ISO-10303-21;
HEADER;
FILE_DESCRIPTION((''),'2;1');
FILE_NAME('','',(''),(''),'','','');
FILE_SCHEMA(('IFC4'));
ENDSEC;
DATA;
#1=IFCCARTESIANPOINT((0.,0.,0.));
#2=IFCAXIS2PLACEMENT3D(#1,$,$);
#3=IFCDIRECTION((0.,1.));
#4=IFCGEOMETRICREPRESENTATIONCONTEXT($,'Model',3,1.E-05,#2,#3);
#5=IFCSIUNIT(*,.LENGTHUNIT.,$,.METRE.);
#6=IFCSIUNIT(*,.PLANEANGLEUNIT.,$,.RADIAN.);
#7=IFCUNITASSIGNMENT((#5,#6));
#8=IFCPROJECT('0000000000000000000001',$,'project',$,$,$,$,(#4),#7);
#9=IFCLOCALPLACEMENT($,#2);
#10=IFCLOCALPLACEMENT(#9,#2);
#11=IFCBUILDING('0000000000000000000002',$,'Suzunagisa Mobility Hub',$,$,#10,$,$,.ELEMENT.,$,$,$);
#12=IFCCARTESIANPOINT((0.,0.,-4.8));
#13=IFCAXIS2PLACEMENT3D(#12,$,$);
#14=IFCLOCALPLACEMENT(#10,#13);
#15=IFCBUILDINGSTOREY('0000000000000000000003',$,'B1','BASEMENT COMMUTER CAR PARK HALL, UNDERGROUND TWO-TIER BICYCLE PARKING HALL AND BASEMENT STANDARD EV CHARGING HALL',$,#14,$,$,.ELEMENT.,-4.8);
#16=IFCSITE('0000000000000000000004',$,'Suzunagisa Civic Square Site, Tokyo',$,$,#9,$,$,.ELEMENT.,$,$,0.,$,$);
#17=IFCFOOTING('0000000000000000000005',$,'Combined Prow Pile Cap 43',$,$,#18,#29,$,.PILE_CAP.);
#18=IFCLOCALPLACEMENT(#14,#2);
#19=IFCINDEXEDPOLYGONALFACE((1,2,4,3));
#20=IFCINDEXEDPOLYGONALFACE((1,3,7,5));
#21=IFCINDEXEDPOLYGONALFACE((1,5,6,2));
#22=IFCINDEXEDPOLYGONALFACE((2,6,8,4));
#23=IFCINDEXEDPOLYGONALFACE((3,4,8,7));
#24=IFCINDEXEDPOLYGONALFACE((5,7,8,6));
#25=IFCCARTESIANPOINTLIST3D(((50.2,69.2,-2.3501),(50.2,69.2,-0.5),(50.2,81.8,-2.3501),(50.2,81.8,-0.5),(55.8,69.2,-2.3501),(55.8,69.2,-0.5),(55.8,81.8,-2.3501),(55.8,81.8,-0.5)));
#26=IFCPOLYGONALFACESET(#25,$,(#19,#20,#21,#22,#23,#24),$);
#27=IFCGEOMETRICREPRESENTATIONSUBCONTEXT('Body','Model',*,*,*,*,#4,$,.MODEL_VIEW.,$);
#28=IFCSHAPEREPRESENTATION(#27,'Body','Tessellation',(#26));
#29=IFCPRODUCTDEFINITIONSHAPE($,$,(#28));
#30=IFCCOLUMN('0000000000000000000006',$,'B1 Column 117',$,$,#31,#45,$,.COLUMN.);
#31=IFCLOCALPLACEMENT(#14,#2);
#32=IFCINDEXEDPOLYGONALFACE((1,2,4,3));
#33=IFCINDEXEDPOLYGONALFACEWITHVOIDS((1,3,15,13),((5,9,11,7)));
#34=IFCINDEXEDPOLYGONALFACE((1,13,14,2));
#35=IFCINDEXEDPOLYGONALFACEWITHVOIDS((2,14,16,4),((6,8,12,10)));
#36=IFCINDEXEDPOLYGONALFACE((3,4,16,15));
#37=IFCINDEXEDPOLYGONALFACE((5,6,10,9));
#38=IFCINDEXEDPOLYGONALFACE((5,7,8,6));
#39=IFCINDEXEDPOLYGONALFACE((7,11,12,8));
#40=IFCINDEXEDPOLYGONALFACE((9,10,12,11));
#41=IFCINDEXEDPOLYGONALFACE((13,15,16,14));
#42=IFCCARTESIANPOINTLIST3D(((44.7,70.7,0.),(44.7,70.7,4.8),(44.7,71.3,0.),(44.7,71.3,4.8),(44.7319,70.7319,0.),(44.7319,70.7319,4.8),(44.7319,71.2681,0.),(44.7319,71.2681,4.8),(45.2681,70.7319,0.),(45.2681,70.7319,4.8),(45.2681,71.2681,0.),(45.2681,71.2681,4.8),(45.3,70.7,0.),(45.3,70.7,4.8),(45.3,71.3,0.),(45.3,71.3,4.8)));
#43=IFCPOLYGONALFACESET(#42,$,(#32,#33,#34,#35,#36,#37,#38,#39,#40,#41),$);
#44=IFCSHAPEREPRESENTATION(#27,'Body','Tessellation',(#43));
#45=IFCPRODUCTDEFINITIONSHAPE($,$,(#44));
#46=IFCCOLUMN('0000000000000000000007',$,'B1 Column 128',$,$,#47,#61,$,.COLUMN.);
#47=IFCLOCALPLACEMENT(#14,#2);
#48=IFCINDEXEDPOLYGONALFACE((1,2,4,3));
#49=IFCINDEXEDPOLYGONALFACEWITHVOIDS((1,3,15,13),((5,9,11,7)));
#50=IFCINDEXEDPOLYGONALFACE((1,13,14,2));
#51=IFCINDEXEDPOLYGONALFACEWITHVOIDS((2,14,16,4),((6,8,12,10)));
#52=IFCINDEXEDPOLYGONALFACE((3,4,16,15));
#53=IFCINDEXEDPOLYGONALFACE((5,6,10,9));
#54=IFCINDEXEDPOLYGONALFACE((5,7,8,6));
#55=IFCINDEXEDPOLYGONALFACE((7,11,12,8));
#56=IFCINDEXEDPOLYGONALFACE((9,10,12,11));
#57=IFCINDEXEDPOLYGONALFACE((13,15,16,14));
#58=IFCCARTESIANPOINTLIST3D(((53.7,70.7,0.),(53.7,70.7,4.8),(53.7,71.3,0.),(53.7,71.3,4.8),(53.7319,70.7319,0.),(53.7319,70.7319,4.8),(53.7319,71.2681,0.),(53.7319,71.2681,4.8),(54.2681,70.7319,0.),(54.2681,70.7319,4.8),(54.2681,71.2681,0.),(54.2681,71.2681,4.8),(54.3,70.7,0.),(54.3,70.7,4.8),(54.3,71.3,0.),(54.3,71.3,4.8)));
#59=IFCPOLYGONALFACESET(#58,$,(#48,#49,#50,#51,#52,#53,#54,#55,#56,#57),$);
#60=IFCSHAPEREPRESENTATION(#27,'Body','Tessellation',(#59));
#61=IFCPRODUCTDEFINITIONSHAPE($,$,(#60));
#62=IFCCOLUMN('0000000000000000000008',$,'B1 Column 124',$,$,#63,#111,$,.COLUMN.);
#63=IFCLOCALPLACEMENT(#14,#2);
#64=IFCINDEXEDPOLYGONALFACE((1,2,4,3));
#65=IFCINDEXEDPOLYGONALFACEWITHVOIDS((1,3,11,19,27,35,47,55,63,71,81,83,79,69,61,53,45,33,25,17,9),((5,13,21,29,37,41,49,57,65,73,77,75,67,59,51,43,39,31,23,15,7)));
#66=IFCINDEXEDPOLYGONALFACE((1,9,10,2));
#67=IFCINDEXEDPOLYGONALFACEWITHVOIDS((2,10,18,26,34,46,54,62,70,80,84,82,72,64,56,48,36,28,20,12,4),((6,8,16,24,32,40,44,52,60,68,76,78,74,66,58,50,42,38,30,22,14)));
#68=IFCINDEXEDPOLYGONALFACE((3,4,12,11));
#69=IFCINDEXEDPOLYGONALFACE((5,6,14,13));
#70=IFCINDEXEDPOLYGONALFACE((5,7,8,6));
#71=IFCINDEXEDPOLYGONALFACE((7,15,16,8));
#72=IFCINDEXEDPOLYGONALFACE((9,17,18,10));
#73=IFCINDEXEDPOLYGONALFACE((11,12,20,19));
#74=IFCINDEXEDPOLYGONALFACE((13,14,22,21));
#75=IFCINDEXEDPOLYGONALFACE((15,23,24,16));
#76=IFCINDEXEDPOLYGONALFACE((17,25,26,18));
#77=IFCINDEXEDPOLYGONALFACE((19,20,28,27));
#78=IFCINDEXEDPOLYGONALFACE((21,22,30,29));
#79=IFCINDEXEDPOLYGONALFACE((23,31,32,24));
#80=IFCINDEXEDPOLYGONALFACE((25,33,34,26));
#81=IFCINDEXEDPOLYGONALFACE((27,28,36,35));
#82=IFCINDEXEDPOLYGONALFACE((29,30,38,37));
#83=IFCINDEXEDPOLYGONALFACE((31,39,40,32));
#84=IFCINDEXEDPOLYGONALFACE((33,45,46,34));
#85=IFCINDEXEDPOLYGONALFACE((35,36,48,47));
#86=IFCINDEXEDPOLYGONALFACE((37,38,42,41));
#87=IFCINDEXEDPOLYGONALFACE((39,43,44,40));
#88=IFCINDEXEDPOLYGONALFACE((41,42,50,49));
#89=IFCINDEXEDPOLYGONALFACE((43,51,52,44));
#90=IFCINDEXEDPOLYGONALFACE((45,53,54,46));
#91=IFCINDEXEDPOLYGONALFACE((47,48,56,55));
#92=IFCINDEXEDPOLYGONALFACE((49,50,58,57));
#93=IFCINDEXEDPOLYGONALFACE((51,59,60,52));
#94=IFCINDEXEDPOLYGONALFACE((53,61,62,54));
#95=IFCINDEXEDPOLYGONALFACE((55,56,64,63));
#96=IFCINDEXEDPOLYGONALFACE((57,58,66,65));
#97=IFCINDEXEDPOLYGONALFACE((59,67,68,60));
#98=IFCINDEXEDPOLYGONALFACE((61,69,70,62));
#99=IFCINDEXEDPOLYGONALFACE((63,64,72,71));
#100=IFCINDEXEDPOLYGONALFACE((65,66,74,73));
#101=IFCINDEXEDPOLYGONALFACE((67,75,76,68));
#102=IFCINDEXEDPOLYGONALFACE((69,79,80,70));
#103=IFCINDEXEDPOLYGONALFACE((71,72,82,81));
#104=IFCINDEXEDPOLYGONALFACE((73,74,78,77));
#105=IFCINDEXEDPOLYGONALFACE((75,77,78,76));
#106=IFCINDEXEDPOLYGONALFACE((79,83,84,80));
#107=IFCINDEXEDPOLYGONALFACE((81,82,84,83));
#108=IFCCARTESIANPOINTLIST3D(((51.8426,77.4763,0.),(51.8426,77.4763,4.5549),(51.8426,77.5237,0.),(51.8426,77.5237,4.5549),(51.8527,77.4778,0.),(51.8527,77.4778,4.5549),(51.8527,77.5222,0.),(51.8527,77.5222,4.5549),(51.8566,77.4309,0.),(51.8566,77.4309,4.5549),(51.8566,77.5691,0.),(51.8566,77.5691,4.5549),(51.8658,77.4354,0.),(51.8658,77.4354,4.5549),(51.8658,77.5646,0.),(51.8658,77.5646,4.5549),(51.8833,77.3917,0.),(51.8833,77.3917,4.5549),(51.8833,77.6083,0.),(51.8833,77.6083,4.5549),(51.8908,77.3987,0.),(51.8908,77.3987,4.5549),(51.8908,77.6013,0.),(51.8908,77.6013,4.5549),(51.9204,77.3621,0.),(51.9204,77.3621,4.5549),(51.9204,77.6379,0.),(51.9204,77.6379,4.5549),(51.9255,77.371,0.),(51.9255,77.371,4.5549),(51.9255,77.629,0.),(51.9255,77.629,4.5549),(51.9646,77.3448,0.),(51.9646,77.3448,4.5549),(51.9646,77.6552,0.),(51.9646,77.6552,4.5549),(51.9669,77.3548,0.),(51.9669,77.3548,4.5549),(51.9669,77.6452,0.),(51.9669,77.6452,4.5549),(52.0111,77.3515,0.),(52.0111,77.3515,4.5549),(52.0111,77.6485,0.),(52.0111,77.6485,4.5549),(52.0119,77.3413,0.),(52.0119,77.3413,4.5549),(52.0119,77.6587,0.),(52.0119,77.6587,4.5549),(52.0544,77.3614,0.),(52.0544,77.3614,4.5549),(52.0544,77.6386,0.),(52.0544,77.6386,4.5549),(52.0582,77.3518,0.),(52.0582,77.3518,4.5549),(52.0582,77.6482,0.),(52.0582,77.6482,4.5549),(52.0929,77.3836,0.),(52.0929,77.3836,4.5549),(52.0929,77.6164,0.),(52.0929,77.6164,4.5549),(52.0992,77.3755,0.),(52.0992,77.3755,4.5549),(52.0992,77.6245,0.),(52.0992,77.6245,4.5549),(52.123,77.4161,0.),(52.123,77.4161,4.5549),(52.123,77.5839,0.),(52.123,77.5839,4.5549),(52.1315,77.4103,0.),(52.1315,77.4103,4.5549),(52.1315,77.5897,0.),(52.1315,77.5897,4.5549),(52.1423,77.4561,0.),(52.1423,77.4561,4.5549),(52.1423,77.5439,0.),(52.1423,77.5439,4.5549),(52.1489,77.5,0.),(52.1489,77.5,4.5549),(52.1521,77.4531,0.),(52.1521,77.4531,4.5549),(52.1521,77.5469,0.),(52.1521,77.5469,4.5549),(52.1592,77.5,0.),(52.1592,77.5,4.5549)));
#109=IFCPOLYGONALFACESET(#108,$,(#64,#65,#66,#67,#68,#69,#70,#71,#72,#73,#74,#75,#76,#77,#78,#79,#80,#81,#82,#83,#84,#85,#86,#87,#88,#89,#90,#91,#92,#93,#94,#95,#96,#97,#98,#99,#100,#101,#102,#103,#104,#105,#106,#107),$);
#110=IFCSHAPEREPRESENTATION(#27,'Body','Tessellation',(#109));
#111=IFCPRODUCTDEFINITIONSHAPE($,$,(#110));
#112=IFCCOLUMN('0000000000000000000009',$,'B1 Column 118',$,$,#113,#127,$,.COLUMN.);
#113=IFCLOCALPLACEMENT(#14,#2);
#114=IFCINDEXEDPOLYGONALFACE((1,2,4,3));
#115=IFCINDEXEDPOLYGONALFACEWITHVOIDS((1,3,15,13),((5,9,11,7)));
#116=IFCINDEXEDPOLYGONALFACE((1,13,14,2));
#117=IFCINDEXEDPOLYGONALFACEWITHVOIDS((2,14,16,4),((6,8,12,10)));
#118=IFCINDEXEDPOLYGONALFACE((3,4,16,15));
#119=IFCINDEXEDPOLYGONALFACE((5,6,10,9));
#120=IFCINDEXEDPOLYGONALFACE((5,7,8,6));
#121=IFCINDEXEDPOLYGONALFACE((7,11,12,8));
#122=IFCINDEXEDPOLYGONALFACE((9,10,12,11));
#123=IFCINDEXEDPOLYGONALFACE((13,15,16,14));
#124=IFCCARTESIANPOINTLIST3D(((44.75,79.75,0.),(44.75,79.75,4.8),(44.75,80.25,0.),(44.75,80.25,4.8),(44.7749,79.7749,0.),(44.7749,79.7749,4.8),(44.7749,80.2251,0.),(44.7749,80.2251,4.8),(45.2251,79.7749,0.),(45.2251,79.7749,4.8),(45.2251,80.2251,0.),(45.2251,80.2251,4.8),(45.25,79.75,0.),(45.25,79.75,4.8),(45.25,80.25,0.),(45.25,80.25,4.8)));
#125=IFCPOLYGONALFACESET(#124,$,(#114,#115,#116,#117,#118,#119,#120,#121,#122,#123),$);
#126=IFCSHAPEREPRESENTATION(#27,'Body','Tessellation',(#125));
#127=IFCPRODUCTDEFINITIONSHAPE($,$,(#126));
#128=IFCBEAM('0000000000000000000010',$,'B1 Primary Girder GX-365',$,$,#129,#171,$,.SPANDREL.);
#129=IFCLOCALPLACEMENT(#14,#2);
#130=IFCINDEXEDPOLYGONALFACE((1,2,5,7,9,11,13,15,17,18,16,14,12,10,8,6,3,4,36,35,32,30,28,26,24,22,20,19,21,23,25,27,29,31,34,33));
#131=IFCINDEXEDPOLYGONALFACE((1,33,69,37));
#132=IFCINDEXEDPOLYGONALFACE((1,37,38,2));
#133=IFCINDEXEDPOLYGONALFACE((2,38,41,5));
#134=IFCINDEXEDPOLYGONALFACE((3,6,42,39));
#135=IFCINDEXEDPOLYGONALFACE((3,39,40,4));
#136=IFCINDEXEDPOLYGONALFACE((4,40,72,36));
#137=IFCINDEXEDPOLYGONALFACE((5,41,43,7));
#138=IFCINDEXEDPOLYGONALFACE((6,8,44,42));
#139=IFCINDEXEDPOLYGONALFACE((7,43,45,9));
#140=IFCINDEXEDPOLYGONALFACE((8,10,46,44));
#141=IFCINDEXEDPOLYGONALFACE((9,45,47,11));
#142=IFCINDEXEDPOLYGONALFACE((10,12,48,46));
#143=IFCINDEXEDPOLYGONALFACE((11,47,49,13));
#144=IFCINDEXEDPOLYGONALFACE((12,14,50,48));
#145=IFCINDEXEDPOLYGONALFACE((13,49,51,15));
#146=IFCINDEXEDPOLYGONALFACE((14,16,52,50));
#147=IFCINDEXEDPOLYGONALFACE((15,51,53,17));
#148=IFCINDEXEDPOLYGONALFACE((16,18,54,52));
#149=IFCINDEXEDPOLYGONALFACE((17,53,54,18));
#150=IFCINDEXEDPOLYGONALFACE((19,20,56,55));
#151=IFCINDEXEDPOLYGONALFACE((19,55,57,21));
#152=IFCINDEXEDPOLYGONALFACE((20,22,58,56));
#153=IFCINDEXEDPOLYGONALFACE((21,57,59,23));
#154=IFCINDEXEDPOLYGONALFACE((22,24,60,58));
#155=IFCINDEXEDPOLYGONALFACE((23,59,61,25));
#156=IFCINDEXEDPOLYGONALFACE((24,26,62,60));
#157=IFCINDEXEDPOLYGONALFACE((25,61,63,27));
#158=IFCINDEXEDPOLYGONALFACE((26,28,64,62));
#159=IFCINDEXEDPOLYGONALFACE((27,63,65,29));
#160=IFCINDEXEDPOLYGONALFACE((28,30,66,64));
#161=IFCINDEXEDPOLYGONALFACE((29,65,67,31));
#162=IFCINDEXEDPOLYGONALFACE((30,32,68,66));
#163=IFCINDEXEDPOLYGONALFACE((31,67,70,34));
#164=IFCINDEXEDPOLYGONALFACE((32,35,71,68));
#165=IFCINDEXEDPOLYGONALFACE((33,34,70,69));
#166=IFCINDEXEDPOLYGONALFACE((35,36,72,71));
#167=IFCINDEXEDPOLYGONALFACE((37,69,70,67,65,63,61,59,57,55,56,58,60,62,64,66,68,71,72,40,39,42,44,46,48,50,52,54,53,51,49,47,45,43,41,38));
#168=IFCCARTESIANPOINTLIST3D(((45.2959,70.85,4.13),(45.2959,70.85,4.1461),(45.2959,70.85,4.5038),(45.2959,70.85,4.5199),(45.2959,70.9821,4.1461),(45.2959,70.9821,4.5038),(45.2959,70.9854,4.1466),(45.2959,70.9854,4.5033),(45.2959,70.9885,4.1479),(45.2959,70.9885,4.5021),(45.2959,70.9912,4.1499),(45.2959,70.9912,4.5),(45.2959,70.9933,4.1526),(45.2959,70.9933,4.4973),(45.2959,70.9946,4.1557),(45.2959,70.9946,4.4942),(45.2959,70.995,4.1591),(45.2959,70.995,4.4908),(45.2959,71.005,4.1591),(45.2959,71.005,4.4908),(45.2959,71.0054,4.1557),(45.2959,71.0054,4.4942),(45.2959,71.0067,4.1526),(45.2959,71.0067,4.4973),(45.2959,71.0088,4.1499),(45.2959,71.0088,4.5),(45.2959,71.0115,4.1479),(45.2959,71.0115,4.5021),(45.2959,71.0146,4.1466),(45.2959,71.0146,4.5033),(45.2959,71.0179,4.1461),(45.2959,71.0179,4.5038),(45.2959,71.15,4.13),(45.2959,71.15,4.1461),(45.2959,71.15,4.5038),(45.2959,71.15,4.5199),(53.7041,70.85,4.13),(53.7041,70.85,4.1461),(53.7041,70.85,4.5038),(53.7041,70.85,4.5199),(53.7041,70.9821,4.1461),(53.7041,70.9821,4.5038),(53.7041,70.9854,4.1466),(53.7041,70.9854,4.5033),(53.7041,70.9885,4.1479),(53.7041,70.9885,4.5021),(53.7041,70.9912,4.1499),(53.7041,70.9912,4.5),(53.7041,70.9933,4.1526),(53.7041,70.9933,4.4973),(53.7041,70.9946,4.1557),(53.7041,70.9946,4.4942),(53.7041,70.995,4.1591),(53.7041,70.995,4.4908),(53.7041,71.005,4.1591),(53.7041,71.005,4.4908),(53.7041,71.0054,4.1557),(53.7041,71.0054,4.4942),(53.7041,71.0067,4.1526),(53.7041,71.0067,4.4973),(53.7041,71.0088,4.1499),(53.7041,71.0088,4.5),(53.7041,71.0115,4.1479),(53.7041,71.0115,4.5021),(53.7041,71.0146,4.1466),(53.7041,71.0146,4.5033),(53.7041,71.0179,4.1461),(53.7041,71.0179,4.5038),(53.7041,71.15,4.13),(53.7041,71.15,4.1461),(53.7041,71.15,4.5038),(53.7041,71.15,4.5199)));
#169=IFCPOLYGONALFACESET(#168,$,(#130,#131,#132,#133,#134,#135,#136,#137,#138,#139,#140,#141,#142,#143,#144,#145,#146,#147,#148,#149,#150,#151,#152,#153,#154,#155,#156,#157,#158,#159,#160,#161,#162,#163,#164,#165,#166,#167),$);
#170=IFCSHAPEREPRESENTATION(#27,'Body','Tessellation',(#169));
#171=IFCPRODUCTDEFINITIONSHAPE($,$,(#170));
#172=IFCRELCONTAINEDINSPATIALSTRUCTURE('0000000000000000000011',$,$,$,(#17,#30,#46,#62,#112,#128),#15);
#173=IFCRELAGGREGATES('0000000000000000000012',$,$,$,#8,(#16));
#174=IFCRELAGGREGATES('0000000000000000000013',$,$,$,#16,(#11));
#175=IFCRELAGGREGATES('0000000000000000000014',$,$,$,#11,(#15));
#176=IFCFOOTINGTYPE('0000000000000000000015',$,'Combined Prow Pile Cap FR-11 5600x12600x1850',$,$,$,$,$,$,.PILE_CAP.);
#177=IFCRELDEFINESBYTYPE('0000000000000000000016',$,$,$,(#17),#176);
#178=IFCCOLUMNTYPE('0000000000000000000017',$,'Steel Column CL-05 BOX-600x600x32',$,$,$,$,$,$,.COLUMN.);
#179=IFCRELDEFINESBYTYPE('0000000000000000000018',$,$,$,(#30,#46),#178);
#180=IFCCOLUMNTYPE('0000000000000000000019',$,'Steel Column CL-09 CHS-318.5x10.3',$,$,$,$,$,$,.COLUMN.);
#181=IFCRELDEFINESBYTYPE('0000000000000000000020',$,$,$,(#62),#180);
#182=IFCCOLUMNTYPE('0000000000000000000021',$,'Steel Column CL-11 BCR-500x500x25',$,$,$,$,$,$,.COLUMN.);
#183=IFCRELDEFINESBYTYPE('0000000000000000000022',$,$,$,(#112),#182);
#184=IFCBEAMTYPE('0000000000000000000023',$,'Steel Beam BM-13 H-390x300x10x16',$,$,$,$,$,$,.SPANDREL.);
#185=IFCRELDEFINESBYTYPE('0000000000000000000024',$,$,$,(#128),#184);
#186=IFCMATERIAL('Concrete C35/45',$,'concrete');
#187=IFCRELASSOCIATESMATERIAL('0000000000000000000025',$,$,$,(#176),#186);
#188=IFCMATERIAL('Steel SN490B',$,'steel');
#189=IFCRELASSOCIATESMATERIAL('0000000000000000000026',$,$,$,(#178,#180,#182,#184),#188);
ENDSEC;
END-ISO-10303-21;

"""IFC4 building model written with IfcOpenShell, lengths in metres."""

from ifc_helpers import new_model, si_unit, direction, frame, origin, origin_2d, place, context, subcontext, project, spatial, rectangle, hollow_rectangle, hollow_circle, i_section, extrude, material, material_profile, profile_set, type_object, element, save


model = new_model("IFC4")

# Units and contexts
model_context = context("Model", 3, precision=1e-05, world=origin(), true_north=direction((0.0, 1.0)))
body_context = subcontext(model_context, "Body", "Model", "MODEL_VIEW")
ifc_project = project(units=[si_unit("LENGTHUNIT", "METRE"), si_unit("PLANEANGLEUNIT", "RADIAN")], contexts=[model_context])

# Site, building, storey
site_placement = place(None, origin())
site = spatial("IfcSite", under=ifc_project, at=site_placement, Name="Suzunagisa Civic Square Site, Tokyo", CompositionType="ELEMENT", RefElevation=0.0)
building_placement = place(site_placement, origin())
building = spatial("IfcBuilding", under=site, at=building_placement, Name="Suzunagisa Mobility Hub", CompositionType="ELEMENT")
storey_placement = place(building_placement, frame((0.0, 0.0, -4.8)))
storey = spatial("IfcBuildingStorey", under=building, at=storey_placement, Name="B1", Description="BASEMENT COMMUTER CAR PARK HALL, UNDERGROUND TWO-TIER BICYCLE PARKING HALL AND BASEMENT STANDARD EV CHARGING HALL", CompositionType="ELEMENT", Elevation=-4.8)

# Footing
ifc_material_1 = material(Name="Concrete C35/45", Category="concrete")
footing_type = type_object("IfcFootingType", Name="Combined Prow Pile Cap FR-11 5600x12600x1850", PredefinedType="PILE_CAP", material=ifc_material_1)
footing_placement = place(storey_placement, frame((53.0, 75.5, -2.3501), z_axis=(0.0, 0.0, 1.0), x_axis=(1.0, 0.0, 0.0)))
element("IfcFooting", 1, at=footing_placement, inside=storey, type_object=footing_type, Name="Combined Prow Pile Cap 43", PredefinedType="PILE_CAP", context=body_context, shape_type="SweptSolid", body=[
    extrude(rectangle(XDim=5.6001, YDim=12.6001, at=origin_2d()), origin(), (0.0, 0.0, 1.0), 1.8501),
])

# Columns
ifc_material_2 = material(Name="Steel SN490B", Category="steel")
ifc_material_profile_1 = material_profile(ifc_material_2, hollow_rectangle(XDim=0.6001, YDim=0.6001, WallThickness=0.032, at=origin_2d()), Name="BOX-600x600x32")
ifc_profile_set_1 = profile_set([ifc_material_profile_1], Name="Steel SN490B")
column_type_1 = type_object("IfcColumnType", Name="Steel Column CL-05 BOX-600x600x32", PredefinedType="COLUMN", material=ifc_profile_set_1)
for number, where, z_axis, x_axis, name in (
    (2, (45.0, 71.0, 0.0), (0.0, 0.0, 1.0), (1.0, 0.0, 0.0), "B1 Column 117"),
    (3, (54.0, 71.0, 0.0), (0.0, 0.0, 1.0), (1.0, 0.0, 0.0), "B1 Column 128"),
):
    element("IfcColumn", number, at=place(storey_placement, frame(where, z_axis=z_axis, x_axis=x_axis)), inside=storey, type_object=column_type_1, Name=name, PredefinedType="COLUMN", context=body_context, shape_type="SweptSolid", body=[
        extrude(hollow_rectangle(XDim=0.6001, YDim=0.6001, WallThickness=0.032, at=origin_2d()), origin(), (0.0, 0.0, 1.0), 4.8),
    ])
ifc_material_profile_2 = material_profile(ifc_material_2, hollow_circle(Radius=0.1592, WallThickness=0.0103, at=origin_2d()), Name="CHS-318.5x10.3")
ifc_profile_set_2 = profile_set([ifc_material_profile_2], Name="Steel SN490B")
column_type_2 = type_object("IfcColumnType", Name="Steel Column CL-09 CHS-318.5x10.3", PredefinedType="COLUMN", material=ifc_profile_set_2)
column_1_placement = place(storey_placement, frame((52.0, 77.5, 0.0), z_axis=(0.0, 0.0, 1.0), x_axis=(1.0, 0.0, 0.0)))
element("IfcColumn", 4, at=column_1_placement, inside=storey, type_object=column_type_2, Name="B1 Column 124", PredefinedType="COLUMN", context=body_context, shape_type="SweptSolid", body=[
    extrude(hollow_circle(Radius=0.1592, WallThickness=0.0103, at=origin_2d()), origin(), (0.0, 0.0, 1.0), 4.5549),
])
ifc_material_profile_3 = material_profile(ifc_material_2, hollow_rectangle(XDim=0.5, YDim=0.5, WallThickness=0.0249, at=origin_2d()), Name="BCR-500x500x25")
ifc_profile_set_3 = profile_set([ifc_material_profile_3], Name="Steel SN490B")
column_type_3 = type_object("IfcColumnType", Name="Steel Column CL-11 BCR-500x500x25", PredefinedType="COLUMN", material=ifc_profile_set_3)
column_2_placement = place(storey_placement, frame((45.0, 80.0, 0.0), z_axis=(0.0, 0.0, 1.0), x_axis=(1.0, 0.0, 0.0)))
element("IfcColumn", 5, at=column_2_placement, inside=storey, type_object=column_type_3, Name="B1 Column 118", PredefinedType="COLUMN", context=body_context, shape_type="SweptSolid", body=[
    extrude(hollow_rectangle(XDim=0.5, YDim=0.5, WallThickness=0.0249, at=origin_2d()), origin(), (0.0, 0.0, 1.0), 4.8),
])

# Beam
ifc_material_profile_4 = material_profile(ifc_material_2, i_section(OverallWidth=0.3, OverallDepth=0.3899, WebThickness=0.01, FlangeThickness=0.0161, FilletRadius=0.0129, at=origin_2d()), Name="H-390x300x10x16")
ifc_profile_set_4 = profile_set([ifc_material_profile_4], Name="Steel SN490B")
beam_type = type_object("IfcBeamType", Name="Steel Beam BM-13 H-390x300x10x16", PredefinedType="SPANDREL", material=ifc_profile_set_4)
for number, where, z_axis, x_axis, name in (
    (6, (45.2959, 71.0, 4.325), (1.0, 0.0, 0.0), (0.0, 1.0, 0.0), "B1 Primary Girder GX-365"),
):
    element("IfcBeam", number, at=place(storey_placement, frame(where, z_axis=z_axis, x_axis=x_axis)), inside=storey, type_object=beam_type, Name=name, PredefinedType="SPANDREL", context=body_context, shape_type="SweptSolid", body=[
        extrude(i_section(OverallWidth=0.3, OverallDepth=0.3899, WebThickness=0.01, FlangeThickness=0.0161, FilletRadius=0.0129, at=origin_2d()), origin(), (0.0, 0.0, 1.0), 8.4082),
    ])

save(model, "model.ifc")
